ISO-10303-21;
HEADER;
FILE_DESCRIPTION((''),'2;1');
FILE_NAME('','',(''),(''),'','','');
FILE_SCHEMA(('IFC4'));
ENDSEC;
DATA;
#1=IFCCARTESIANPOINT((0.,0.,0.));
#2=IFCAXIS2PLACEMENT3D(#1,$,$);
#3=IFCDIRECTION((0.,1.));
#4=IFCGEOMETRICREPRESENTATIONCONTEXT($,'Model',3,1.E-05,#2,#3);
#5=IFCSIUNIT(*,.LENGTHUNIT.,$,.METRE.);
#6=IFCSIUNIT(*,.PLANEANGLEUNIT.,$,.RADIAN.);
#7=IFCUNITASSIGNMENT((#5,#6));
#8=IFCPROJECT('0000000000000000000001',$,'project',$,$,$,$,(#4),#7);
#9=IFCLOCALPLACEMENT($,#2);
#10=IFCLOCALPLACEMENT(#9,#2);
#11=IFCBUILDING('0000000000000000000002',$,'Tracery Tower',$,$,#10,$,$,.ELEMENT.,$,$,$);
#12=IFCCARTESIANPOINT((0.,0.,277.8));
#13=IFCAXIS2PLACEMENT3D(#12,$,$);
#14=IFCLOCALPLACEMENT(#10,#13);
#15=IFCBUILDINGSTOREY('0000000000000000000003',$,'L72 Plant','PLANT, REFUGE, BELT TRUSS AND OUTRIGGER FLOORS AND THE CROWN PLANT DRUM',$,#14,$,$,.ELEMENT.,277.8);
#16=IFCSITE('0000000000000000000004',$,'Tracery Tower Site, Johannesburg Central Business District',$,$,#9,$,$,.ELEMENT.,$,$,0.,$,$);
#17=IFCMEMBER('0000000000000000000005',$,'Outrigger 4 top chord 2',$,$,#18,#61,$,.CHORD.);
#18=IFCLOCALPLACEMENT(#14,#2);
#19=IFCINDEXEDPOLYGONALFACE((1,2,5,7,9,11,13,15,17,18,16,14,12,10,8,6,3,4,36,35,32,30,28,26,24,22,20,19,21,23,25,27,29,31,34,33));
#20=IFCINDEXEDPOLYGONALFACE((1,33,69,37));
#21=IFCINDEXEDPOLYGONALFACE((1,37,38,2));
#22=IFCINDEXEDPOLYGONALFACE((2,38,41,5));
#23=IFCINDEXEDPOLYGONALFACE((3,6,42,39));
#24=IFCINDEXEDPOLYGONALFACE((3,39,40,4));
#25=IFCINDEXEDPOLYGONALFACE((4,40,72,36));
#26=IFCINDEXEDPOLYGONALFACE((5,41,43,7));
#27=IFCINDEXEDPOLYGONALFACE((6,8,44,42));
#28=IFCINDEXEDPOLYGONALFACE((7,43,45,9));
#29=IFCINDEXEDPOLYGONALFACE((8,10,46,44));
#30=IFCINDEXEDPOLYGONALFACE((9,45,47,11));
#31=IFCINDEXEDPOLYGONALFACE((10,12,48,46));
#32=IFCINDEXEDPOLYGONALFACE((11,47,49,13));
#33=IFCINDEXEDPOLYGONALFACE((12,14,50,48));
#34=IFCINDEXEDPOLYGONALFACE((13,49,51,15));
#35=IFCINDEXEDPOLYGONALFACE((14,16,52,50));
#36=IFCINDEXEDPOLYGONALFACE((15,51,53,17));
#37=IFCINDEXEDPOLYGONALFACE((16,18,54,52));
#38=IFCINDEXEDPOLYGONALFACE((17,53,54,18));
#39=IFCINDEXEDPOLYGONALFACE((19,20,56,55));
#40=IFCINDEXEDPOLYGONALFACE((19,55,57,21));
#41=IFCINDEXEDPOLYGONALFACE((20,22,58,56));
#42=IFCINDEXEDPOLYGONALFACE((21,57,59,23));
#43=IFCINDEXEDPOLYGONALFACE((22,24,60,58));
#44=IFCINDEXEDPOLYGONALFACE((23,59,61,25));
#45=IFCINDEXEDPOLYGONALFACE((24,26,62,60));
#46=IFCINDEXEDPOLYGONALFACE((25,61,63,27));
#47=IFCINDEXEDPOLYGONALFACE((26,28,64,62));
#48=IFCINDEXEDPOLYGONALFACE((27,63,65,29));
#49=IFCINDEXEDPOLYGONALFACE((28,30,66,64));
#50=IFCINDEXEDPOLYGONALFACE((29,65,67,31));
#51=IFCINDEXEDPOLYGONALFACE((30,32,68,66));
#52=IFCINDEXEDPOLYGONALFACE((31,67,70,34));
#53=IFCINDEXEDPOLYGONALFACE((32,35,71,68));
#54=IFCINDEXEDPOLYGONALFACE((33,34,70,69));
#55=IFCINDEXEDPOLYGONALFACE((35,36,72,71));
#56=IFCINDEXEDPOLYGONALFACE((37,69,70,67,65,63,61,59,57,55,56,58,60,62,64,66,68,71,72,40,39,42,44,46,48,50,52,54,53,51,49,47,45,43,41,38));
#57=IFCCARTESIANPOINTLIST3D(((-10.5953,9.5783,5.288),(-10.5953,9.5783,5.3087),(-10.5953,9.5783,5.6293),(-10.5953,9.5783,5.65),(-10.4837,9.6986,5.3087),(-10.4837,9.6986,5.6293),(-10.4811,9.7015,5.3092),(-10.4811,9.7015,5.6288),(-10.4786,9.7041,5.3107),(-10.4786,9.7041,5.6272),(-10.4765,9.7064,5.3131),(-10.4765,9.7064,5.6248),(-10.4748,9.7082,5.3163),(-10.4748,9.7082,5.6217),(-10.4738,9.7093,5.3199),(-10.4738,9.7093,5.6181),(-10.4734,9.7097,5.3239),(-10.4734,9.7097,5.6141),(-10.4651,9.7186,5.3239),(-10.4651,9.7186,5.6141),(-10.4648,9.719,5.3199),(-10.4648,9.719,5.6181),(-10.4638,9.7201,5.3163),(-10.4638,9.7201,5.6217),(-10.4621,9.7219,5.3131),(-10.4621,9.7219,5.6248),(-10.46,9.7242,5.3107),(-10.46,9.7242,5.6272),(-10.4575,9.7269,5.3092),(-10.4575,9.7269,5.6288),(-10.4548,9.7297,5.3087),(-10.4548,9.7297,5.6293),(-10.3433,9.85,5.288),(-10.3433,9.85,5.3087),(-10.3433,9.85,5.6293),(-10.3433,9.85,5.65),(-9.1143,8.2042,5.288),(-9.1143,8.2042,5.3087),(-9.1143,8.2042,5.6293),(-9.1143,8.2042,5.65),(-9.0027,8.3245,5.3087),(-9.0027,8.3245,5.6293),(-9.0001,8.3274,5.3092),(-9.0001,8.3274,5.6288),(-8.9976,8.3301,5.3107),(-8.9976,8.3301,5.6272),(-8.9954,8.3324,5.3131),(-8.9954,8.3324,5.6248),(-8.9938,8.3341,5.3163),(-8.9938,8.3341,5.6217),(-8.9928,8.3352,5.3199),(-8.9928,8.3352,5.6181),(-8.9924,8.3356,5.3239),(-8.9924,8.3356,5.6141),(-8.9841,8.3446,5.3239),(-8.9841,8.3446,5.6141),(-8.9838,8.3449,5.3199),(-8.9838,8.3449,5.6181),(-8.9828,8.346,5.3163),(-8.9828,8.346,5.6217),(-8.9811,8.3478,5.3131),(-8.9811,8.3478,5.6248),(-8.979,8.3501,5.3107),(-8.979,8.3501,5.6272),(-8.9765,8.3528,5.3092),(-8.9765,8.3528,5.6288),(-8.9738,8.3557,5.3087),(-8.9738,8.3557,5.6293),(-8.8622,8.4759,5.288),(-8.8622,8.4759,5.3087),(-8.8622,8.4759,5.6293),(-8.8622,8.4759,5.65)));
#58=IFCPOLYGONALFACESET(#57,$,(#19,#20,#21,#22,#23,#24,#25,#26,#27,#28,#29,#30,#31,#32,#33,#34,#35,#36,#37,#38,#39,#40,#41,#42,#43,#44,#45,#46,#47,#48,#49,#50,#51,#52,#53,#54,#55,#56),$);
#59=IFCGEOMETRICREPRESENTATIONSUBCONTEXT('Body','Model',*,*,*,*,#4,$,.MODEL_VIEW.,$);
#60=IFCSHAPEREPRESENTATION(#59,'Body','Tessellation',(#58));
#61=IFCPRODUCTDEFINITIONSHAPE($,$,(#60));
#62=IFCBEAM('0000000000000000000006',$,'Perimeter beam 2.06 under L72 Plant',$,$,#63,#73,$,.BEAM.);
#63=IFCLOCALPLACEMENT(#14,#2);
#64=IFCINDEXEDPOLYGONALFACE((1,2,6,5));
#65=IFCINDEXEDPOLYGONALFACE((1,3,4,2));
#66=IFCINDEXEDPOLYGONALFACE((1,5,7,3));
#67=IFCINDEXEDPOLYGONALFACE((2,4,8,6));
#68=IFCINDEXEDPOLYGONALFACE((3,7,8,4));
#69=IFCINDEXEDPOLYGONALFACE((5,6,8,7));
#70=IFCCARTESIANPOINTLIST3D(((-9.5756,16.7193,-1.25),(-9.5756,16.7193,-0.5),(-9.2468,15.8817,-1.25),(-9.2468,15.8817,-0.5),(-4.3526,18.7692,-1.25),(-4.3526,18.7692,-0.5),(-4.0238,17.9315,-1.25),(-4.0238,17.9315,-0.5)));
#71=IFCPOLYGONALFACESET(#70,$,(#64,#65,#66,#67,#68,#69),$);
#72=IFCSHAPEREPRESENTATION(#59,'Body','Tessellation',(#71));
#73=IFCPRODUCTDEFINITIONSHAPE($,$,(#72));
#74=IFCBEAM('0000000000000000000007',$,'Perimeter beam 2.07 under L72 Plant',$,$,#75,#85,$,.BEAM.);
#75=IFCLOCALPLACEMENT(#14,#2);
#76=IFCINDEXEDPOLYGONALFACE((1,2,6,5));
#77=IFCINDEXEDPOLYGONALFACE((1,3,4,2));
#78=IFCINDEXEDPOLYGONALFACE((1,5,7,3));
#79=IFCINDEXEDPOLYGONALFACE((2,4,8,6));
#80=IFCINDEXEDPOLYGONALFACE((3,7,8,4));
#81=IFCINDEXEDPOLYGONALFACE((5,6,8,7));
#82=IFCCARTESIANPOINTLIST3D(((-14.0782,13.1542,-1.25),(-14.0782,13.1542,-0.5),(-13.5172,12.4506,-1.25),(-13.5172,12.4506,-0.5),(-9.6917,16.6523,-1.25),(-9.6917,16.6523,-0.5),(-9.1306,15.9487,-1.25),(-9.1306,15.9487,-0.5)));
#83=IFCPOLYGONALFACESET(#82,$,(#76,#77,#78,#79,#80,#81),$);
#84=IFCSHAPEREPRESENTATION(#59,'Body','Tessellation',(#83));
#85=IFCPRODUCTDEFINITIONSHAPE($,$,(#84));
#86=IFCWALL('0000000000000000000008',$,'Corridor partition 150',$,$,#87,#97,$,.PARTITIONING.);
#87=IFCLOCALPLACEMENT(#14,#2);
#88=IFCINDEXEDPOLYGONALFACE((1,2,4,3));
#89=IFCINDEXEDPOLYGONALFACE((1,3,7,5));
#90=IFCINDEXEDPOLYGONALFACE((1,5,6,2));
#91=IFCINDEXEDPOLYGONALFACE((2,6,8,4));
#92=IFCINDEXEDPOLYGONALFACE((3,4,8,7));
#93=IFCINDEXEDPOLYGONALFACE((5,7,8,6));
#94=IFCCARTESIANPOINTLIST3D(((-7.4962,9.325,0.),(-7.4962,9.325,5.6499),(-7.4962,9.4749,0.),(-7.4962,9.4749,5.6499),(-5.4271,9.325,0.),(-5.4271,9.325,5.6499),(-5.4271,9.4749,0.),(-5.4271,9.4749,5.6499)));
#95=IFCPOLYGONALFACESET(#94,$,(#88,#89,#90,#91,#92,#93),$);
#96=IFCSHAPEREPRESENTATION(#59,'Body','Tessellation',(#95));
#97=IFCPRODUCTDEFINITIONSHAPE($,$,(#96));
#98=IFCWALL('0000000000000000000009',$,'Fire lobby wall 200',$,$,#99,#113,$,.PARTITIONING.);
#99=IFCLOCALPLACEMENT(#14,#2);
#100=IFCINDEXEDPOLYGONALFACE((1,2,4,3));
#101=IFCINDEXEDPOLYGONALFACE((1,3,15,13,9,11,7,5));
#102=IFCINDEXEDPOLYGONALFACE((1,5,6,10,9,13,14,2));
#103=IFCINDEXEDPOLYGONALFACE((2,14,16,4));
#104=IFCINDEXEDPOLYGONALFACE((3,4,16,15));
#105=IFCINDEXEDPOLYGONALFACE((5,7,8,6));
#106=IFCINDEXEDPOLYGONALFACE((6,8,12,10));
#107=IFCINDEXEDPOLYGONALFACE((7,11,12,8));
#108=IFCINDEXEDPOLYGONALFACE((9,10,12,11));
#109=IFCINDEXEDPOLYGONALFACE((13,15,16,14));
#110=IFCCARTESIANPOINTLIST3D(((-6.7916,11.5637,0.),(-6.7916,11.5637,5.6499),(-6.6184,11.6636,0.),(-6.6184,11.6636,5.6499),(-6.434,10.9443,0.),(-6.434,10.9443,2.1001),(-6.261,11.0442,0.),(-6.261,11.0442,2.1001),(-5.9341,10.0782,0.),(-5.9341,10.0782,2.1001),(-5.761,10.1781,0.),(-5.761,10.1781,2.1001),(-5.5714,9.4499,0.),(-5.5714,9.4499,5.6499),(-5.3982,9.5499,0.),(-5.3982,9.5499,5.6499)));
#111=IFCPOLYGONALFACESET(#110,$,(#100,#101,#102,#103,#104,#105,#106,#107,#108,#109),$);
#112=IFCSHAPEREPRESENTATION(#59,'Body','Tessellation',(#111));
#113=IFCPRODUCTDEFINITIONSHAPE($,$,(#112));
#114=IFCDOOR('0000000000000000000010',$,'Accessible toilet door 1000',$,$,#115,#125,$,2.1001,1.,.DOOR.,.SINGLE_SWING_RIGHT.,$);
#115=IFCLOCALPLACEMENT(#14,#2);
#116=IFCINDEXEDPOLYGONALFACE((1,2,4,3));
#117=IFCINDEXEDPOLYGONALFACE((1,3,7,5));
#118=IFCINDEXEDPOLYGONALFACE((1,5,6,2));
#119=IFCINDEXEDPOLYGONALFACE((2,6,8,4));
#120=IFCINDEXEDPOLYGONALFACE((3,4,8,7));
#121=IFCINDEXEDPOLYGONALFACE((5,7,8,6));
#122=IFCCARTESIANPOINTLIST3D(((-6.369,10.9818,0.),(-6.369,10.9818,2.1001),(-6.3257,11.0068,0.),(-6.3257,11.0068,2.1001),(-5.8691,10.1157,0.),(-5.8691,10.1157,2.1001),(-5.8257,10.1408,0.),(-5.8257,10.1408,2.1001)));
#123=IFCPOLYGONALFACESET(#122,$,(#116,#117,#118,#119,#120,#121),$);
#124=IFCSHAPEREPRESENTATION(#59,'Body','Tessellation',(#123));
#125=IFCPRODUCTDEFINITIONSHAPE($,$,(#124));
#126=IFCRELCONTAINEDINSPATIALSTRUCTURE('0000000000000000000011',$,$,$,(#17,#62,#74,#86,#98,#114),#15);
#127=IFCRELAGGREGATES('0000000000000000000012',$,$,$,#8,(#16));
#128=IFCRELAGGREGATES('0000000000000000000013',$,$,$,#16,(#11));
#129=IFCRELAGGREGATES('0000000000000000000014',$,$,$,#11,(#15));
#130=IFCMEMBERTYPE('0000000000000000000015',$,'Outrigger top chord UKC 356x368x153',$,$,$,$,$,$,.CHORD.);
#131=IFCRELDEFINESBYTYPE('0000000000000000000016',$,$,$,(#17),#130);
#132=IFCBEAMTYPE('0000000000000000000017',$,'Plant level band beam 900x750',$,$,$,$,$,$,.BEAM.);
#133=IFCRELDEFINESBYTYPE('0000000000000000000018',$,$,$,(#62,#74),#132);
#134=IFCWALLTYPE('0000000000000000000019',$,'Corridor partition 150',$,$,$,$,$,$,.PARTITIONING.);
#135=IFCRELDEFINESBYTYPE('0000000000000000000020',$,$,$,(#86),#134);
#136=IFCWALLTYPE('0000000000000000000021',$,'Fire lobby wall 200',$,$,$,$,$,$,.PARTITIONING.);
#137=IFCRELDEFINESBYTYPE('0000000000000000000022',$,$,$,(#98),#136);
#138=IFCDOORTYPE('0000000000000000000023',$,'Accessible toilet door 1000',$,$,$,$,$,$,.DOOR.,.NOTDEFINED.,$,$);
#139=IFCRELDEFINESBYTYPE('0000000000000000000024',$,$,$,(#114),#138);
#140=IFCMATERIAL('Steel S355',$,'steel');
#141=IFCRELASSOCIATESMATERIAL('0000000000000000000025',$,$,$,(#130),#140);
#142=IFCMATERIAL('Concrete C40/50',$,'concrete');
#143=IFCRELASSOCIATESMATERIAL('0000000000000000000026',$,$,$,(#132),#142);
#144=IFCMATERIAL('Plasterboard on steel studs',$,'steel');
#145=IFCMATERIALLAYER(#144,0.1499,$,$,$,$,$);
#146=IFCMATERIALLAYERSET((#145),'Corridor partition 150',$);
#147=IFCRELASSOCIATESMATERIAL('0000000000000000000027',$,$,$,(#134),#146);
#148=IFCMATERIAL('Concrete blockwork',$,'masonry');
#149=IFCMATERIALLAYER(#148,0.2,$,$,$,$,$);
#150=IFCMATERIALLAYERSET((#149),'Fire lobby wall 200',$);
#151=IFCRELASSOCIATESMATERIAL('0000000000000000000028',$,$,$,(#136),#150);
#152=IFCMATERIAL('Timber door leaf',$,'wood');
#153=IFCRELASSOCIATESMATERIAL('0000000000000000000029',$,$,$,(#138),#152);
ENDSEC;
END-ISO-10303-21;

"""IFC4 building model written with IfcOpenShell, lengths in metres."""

from ifc_helpers import new_model, si_unit, direction, frame, frame_2d, origin, origin_2d, place, context, subcontext, project, spatial, rectangle, i_section, extrude, material, layer, layer_set, material_profile, profile_set, type_object, element, fill, save


model = new_model("IFC4")

# Units and contexts
model_context = context("Model", 3, precision=1e-05, world=origin(), true_north=direction((0.0, 1.0)))
body_context = subcontext(model_context, "Body", "Model", "MODEL_VIEW")
ifc_project = project(units=[si_unit("LENGTHUNIT", "METRE"), si_unit("PLANEANGLEUNIT", "RADIAN")], contexts=[model_context])

# Site, building, storey
site_placement = place(None, origin())
site = spatial("IfcSite", under=ifc_project, at=site_placement, Name="Tracery Tower Site, Johannesburg Central Business District", CompositionType="ELEMENT", RefElevation=0.0)
building_placement = place(site_placement, origin())
building = spatial("IfcBuilding", under=site, at=building_placement, Name="Tracery Tower", CompositionType="ELEMENT")
storey_placement = place(building_placement, frame((0.0, 0.0, 277.8)))
storey = spatial("IfcBuildingStorey", under=building, at=storey_placement, Name="L72 Plant", Description="PLANT, REFUGE, BELT TRUSS AND OUTRIGGER FLOORS AND THE CROWN PLANT DRUM", CompositionType="ELEMENT", Elevation=277.8)

# Member
ifc_material_1 = material(Name="Steel S355", Category="steel")
ifc_material_profile_1 = material_profile(ifc_material_1, i_section(OverallWidth=0.3706, OverallDepth=0.3621, WebThickness=0.0122, FlangeThickness=0.0208, FilletRadius=0.0151, at=origin_2d()), Name="UKC 356x368x153")
ifc_profile_set_1 = profile_set([ifc_material_profile_1], Name="Steel S355")
member_type_1 = type_object("IfcMemberType", Name="Outrigger top chord UKC 356x368x153", PredefinedType="CHORD", material=ifc_profile_set_1)
member_1_placement = place(storey_placement, frame((-8.9883, 8.3401, 5.469), z_axis=(-0.733078, 0.680145, 0.0), x_axis=(-0.680145, -0.733078, 0.0)))
element("IfcMember", 1, at=member_1_placement, inside=storey, type_object=member_type_1, Name="Outrigger 4 top chord 2", PredefinedType="CHORD", context=body_context, shape_type="SweptSolid", body=[
    extrude(i_section(OverallWidth=0.3706, OverallDepth=0.3621, WebThickness=0.0122, FlangeThickness=0.0208, FilletRadius=0.0151, at=origin_2d()), origin(), (0.0, 0.0, 1.0), 2.0203),
])

# Beams
ifc_material_2 = material(Name="Concrete C40/50", Category="concrete")
ifc_material_profile_2 = material_profile(ifc_material_2, rectangle(XDim=0.8999, YDim=0.75, at=origin_2d()), Name="RC 900x750")
ifc_profile_set_2 = profile_set([ifc_material_profile_2], Name="Concrete C40/50")
beam_type = type_object("IfcBeamType", Name="Plant level band beam 900x750", PredefinedType="BEAM", material=ifc_profile_set_2)
beam_1_placement = place(storey_placement, frame((-4.1882, 18.3503, -0.875), z_axis=(-0.930876, -0.365336, 0.0), x_axis=(0.365336, -0.930876, 0.0)))
element("IfcBeam", 2, at=beam_1_placement, inside=storey, type_object=beam_type, Name="Perimeter beam 2.06 under L72 Plant", PredefinedType="BEAM", context=body_context, shape_type="SweptSolid", body=[
    extrude(rectangle(XDim=0.8999, YDim=0.75, at=origin_2d()), origin(), (0.0, 0.0, 1.0), 5.6108),
])
beam_2_placement = place(storey_placement, frame((-9.4111, 16.3005, -0.875), z_axis=(-0.781836, -0.623484, 0.0), x_axis=(0.623484, -0.781836, 0.0)))
element("IfcBeam", 3, at=beam_2_placement, inside=storey, type_object=beam_type, Name="Perimeter beam 2.07 under L72 Plant", PredefinedType="BEAM", context=body_context, shape_type="SweptSolid", body=[
    extrude(rectangle(XDim=0.8999, YDim=0.75, at=origin_2d()), origin(), (0.0, 0.0, 1.0), 5.6106),
])

# Wall
ifc_material_3 = material(Name="Plasterboard on steel studs", Category="steel")
ifc_layer_1 = layer(ifc_material_3, 0.1499)
ifc_layer_set_1 = layer_set([ifc_layer_1], Name="Corridor partition 150")
wall_type_1 = type_object("IfcWallType", Name="Corridor partition 150", PredefinedType="PARTITIONING", material=ifc_layer_set_1)
wall_1_placement = place(storey_placement, frame((-5.427, 9.3999, 0.0), z_axis=(0.0, 0.0, 1.0), x_axis=(-1.0, 0.0, 0.0)))
element("IfcWall", 4, at=wall_1_placement, inside=storey, type_object=wall_type_1, Name="Corridor partition 150", PredefinedType="PARTITIONING", context=body_context, shape_type="SweptSolid", body=[
    extrude(rectangle(XDim=2.0691, YDim=0.1499, at=frame_2d((1.0347, 0.0))), origin(), (0.0, 0.0, 1.0), 5.6499),
])

# Wall, opening, door
ifc_material_4 = material(Name="Concrete blockwork", Category="masonry")
ifc_layer_2 = layer(ifc_material_4, 0.2)
ifc_layer_set_2 = layer_set([ifc_layer_2], Name="Fire lobby wall 200")
wall_type_2 = type_object("IfcWallType", Name="Fire lobby wall 200", PredefinedType="PARTITIONING", material=ifc_layer_set_2)
wall_2_placement = place(storey_placement, frame((-5.4849, 9.5, 0.0), z_axis=(0.0, 0.0, 1.0), x_axis=(-0.499948, 0.866056, 0.0)))
wall_2 = element("IfcWall", 5, at=wall_2_placement, inside=storey, type_object=wall_type_2, Name="Fire lobby wall 200", PredefinedType="PARTITIONING", context=body_context, shape_type="SweptSolid", body=[
    extrude(rectangle(XDim=2.4407, YDim=0.2, at=frame_2d((1.2202, 0.0))), origin(), (0.0, 0.0, 1.0), 5.6499),
])
opening_1_placement = place(wall_2_placement, frame((0.7253, 0.0, 0.0)))
opening_1 = element("IfcOpeningElement", 6, at=opening_1_placement, cuts=wall_2, PredefinedType="OPENING", context=body_context, shape_type="SweptSolid", body=[
    extrude(rectangle(XDim=1.0, YDim=2.1001, at=frame_2d((0.5, 1.05))), frame((0.0, 0.1001, 0.0), z_axis=(0.0, -1.0, 0.0), x_axis=(1.0, 0.0, 0.0)), (0.0, 0.0, 1.0), 0.2),
])
ifc_material_5 = material(Name="Timber door leaf", Category="wood")
door_type_1 = type_object("IfcDoorType", Name="Accessible toilet door 1000", OperationType="NOTDEFINED", PredefinedType="DOOR", material=ifc_material_5)
door_1_placement = place(opening_1_placement, origin())
door_1 = element("IfcDoor", 7, at=door_1_placement, inside=storey, type_object=door_type_1, Name="Accessible toilet door 1000", OperationType="SINGLE_SWING_RIGHT", OverallHeight=2.1001, OverallWidth=1.0, PredefinedType="DOOR", context=body_context, shape_type="SweptSolid", body=[
    extrude(rectangle(XDim=1.0, YDim=2.1001, at=frame_2d((0.5, 1.05))), frame((0.0, 0.0249, 0.0), z_axis=(0.0, -1.0, 0.0), x_axis=(1.0, 0.0, 0.0)), (0.0, 0.0, 1.0), 0.05),
])
fill(opening_1, door_1)

save(model, "model.ifc")
